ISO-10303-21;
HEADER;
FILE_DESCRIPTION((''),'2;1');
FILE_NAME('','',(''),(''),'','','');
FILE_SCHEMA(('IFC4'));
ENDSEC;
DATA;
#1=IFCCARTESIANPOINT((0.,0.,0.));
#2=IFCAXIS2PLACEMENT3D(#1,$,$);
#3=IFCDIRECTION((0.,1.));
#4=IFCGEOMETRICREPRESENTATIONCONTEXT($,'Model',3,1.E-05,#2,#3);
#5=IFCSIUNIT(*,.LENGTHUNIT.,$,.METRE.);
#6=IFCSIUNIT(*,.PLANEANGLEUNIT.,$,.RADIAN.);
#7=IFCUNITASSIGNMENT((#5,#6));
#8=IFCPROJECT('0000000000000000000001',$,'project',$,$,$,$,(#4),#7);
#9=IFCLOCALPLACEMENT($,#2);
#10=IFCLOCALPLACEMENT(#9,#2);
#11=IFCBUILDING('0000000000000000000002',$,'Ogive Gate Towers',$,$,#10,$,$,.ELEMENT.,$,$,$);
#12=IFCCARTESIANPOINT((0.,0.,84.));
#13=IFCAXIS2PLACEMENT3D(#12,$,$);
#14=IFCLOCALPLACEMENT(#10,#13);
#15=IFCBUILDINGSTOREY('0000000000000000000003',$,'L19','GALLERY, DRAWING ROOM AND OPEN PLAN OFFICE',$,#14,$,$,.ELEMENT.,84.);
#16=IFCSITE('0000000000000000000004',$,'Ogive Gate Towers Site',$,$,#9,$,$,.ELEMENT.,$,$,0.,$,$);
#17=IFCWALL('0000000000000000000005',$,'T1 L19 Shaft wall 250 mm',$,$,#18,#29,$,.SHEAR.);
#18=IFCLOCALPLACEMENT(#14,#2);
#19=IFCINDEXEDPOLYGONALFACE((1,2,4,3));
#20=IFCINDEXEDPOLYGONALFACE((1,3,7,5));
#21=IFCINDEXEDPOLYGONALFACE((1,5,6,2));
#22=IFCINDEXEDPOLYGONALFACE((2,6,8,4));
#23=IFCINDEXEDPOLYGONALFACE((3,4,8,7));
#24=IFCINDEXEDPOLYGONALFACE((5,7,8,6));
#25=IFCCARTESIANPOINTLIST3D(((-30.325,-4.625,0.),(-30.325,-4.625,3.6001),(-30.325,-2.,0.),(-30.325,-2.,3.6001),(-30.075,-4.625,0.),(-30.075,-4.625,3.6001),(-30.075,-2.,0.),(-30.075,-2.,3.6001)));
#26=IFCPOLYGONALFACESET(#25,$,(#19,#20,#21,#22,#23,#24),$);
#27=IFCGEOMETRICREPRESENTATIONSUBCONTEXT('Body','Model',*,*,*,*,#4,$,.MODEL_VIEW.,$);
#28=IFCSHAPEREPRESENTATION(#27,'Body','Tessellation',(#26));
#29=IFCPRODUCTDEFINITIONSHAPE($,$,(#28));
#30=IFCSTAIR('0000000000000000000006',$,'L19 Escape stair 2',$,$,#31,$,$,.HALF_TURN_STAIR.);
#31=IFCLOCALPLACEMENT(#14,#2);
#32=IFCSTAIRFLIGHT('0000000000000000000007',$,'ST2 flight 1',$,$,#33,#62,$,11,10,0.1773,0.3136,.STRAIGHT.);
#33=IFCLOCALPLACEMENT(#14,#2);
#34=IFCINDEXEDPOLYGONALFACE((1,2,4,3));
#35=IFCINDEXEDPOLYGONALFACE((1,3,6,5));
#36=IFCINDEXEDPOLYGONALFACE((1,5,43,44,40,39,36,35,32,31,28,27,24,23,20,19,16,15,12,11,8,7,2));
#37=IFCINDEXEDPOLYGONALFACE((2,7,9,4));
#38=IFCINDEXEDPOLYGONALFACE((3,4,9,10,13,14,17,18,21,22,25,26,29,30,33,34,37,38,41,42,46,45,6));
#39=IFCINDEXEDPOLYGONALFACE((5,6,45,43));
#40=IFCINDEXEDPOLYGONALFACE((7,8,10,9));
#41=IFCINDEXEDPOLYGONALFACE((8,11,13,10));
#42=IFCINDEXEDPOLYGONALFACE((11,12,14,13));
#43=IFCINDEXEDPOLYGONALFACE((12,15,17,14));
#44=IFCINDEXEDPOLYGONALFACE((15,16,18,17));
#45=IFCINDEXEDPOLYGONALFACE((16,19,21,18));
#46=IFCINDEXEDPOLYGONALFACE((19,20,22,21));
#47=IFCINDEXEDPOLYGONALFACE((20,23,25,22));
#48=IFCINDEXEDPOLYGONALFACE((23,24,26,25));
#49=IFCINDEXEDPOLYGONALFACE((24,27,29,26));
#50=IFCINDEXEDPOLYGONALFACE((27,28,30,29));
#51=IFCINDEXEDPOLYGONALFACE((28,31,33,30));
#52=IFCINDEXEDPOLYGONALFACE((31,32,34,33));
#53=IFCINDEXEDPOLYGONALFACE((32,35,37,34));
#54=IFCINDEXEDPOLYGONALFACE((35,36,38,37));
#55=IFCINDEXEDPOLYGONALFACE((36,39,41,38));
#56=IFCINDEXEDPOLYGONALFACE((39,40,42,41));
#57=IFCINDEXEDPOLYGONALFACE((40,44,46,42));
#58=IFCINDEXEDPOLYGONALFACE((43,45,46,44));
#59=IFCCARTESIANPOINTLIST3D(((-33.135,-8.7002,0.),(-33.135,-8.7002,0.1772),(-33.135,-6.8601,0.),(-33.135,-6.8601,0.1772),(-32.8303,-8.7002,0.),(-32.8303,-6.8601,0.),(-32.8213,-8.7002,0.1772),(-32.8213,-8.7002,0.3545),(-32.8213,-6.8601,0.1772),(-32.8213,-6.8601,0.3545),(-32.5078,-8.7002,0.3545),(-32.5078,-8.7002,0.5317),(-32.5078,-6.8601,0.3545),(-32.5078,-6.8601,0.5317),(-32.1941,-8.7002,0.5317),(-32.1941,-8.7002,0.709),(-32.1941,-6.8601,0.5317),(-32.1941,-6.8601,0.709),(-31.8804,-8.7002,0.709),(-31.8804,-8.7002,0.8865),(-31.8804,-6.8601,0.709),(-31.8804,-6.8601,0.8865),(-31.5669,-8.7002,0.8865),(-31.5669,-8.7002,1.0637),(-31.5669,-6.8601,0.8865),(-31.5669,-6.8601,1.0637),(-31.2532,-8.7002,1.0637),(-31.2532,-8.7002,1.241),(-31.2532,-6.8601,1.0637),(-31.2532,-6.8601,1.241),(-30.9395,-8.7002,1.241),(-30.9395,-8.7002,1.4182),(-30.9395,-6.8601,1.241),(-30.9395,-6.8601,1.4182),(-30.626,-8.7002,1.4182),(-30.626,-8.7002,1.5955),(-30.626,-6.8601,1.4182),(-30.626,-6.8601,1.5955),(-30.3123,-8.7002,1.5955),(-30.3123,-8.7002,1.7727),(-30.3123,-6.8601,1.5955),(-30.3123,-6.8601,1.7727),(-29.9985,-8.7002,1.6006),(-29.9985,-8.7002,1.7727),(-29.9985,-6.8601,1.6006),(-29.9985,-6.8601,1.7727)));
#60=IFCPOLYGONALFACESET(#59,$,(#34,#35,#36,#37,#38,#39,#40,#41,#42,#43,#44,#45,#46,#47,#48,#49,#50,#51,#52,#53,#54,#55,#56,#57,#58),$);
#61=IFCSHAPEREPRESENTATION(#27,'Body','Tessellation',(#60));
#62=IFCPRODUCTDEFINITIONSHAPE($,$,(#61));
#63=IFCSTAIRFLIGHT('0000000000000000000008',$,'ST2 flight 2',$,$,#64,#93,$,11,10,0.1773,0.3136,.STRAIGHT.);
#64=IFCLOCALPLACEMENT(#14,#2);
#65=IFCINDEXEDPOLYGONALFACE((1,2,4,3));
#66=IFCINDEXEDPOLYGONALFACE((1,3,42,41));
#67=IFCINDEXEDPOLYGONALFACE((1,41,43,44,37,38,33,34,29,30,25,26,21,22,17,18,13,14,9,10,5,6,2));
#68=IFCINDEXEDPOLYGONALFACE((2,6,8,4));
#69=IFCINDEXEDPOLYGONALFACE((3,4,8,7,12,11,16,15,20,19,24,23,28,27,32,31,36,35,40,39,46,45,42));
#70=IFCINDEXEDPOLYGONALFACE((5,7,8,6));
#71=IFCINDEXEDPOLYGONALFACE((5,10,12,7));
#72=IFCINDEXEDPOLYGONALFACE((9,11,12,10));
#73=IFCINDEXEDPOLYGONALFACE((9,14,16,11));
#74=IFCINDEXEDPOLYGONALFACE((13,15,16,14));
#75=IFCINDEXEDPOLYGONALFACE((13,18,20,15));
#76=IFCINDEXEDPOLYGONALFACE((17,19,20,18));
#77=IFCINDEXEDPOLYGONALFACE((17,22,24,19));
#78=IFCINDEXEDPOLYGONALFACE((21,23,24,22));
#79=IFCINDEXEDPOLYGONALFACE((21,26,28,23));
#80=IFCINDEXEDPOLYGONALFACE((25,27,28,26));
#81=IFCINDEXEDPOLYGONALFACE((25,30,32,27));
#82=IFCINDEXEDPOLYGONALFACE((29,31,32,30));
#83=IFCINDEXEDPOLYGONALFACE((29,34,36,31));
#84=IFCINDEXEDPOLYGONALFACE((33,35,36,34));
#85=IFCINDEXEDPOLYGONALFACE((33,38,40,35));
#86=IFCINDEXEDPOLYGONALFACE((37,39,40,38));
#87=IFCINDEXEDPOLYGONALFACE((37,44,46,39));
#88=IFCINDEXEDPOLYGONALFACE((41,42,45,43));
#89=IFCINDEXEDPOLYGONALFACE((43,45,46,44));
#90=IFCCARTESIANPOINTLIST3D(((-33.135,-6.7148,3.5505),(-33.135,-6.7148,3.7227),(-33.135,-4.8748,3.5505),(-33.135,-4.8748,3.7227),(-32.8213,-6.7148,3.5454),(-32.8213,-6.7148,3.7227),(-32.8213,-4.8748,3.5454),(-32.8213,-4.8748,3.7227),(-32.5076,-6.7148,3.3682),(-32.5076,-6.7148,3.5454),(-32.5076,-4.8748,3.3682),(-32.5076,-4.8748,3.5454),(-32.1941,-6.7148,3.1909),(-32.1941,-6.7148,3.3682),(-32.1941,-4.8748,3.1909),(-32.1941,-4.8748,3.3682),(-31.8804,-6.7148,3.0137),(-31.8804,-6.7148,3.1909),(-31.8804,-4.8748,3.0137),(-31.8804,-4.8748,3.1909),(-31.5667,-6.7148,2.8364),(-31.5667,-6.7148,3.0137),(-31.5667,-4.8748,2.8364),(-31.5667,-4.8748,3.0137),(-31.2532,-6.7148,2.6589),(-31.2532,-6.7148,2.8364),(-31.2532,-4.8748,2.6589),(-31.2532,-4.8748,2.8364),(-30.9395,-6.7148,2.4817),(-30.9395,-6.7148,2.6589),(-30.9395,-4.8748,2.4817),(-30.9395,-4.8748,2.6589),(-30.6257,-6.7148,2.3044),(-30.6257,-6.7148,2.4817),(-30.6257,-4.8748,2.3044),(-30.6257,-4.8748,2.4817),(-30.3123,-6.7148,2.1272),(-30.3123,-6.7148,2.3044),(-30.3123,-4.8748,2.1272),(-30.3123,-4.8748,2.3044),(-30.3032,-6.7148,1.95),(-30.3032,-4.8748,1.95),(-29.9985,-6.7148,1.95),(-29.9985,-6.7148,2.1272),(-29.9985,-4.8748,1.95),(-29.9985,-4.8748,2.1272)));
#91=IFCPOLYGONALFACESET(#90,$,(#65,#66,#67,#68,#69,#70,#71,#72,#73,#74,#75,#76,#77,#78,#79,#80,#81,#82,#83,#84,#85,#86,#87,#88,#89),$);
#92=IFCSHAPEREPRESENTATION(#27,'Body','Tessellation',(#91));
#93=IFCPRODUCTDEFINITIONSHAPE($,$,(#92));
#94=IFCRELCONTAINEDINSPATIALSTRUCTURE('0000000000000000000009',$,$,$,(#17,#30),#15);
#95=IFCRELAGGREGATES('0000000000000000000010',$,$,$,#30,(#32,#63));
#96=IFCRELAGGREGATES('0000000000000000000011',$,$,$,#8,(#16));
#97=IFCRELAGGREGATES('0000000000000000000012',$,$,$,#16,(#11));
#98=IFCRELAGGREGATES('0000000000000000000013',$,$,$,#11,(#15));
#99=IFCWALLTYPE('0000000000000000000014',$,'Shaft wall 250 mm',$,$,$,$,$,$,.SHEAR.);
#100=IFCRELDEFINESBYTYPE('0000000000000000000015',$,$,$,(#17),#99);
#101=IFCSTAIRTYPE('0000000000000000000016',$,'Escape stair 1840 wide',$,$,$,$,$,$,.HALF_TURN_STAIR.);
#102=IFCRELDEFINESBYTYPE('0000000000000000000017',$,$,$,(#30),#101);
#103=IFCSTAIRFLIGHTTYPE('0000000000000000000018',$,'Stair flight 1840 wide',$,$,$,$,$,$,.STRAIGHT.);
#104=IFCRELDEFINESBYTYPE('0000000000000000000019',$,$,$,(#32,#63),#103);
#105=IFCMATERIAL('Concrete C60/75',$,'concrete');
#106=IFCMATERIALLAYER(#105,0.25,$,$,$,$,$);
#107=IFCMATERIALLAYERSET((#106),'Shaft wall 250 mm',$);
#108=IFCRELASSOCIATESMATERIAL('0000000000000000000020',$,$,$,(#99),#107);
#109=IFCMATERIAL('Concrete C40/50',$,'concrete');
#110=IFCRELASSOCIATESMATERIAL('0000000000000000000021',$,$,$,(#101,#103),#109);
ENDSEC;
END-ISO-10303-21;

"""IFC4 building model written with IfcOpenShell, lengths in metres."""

from ifc_helpers import new_model, si_unit, direction, frame, frame_2d, origin, place, context, subcontext, project, spatial, polyline, rectangle, outline, extrude, material, layer, layer_set, type_object, element, aggregate, save


model = new_model("IFC4")

# Units and contexts
model_context = context("Model", 3, precision=1e-05, world=origin(), true_north=direction((0.0, 1.0)))
body_context = subcontext(model_context, "Body", "Model", "MODEL_VIEW")
ifc_project = project(units=[si_unit("LENGTHUNIT", "METRE"), si_unit("PLANEANGLEUNIT", "RADIAN")], contexts=[model_context])

# Site, building, storey
site_placement = place(None, origin())
site = spatial("IfcSite", under=ifc_project, at=site_placement, Name="Ogive Gate Towers Site", CompositionType="ELEMENT", RefElevation=0.0)
building_placement = place(site_placement, origin())
building = spatial("IfcBuilding", under=site, at=building_placement, Name="Ogive Gate Towers", CompositionType="ELEMENT")
storey_placement = place(building_placement, frame((0.0, 0.0, 84.0)))
storey = spatial("IfcBuildingStorey", under=building, at=storey_placement, Name="L19", Description="GALLERY, DRAWING ROOM AND OPEN PLAN OFFICE", CompositionType="ELEMENT", Elevation=84.0)

# Shared definitions
ifc_material_1 = material(Name="Concrete C60/75", Category="concrete")

# Shared definitions
ifc_layer_1 = layer(ifc_material_1, 0.25)
ifc_layer_set_1 = layer_set([ifc_layer_1], Name="Shaft wall 250 mm")
wall_type_1 = type_object("IfcWallType", Name="Shaft wall 250 mm", PredefinedType="SHEAR", material=ifc_layer_set_1)

# Wall
for number, where, z_axis, x_axis, name in (
    (1, (-30.2, -4.625, 0.0), (0.0, 0.0, 1.0), (0.0, 1.0, 0.0), "T1 L19 Shaft wall 250 mm"),
):
    element("IfcWall", number, at=place(storey_placement, frame(where, z_axis=z_axis, x_axis=x_axis)), inside=storey, type_object=wall_type_1, Name=name, PredefinedType="SHEAR", context=body_context, shape_type="SweptSolid", body=[
        extrude(rectangle(XDim=2.625, YDim=0.25, at=frame_2d((1.3125, 0.0))), origin(), (0.0, 0.0, 1.0), 3.6001),
    ])

# Stair, stair flights
ifc_material_2 = material(Name="Concrete C40/50", Category="concrete")
stair_type = type_object("IfcStairType", Name="Escape stair 1840 wide", PredefinedType="HALF_TURN_STAIR", material=ifc_material_2)
stair_placement = place(storey_placement, origin())
stair = element("IfcStair", 2, at=stair_placement, inside=storey, type_object=stair_type, Name="L19 Escape stair 2", PredefinedType="HALF_TURN_STAIR")
stair_flight_type = type_object("IfcStairFlightType", Name="Stair flight 1840 wide", PredefinedType="STRAIGHT", material=ifc_material_2)
stair_flight_1_placement = place(storey_placement, frame((-33.135, -7.78, 0.0), z_axis=(0.0, 0.0, 1.0), x_axis=(1.0, 0.0, 0.0)))
stair_flight_1 = element("IfcStairFlight", 3, at=stair_flight_1_placement, type_object=stair_flight_type, Name="ST2 flight 1", NumberOfRisers=11, NumberOfTreads=10, PredefinedType="STRAIGHT", RiserHeight=0.1773, TreadLength=0.3136, context=body_context, shape_type="SweptSolid", body=[
    extrude(outline(polyline([(0.0, 0.0), (0.0, 0.1772), (0.3137, 0.1772), (0.3137, 0.3545), (0.6272, 0.3545), (0.6272, 0.5317), (0.9409, 0.5317), (0.9409, 0.709), (1.2546, 0.709), (1.2546, 0.8865), (1.5681, 0.8865), (1.5681, 1.0637), (1.8818, 1.0637), (1.8818, 1.241), (2.1956, 1.241), (2.1956, 1.4182), (2.509, 1.4182), (2.509, 1.5955), (2.8228, 1.5955), (2.8228, 1.7727), (3.1365, 1.7727), (3.1365, 1.95), (3.1365, 1.6006), (0.3047, 0.0), (0.0, 0.0)])), frame((0.0, 0.9199, 0.0), z_axis=(0.0, -1.0, 0.0), x_axis=(1.0, 0.0, 0.0)), (0.0, 0.0, 1.0), 1.8401),
])
stair_flight_2_placement = place(storey_placement, frame((-29.9985, -5.7949, 1.95), z_axis=(0.0, 0.0, 1.0), x_axis=(-1.0, 0.0, 0.0)))
stair_flight_2 = element("IfcStairFlight", 4, at=stair_flight_2_placement, type_object=stair_flight_type, Name="ST2 flight 2", NumberOfRisers=11, NumberOfTreads=10, PredefinedType="STRAIGHT", RiserHeight=0.1773, TreadLength=0.3136, context=body_context, shape_type="SweptSolid", body=[
    extrude(outline(polyline([(0.0, 0.0), (0.0, 0.1772), (0.3137, 0.1772), (0.3137, 0.3545), (0.6272, 0.3545), (0.6272, 0.5317), (0.9409, 0.5317), (0.9409, 0.709), (1.2546, 0.709), (1.2546, 0.8865), (1.5681, 0.8865), (1.5681, 1.0637), (1.8818, 1.0637), (1.8818, 1.241), (2.1956, 1.241), (2.1956, 1.4182), (2.509, 1.4182), (2.509, 1.5955), (2.8228, 1.5955), (2.8228, 1.7727), (3.1365, 1.7727), (3.1365, 1.95), (3.1365, 1.6006), (0.3047, 0.0), (0.0, 0.0)])), frame((0.0, 0.9199, 0.0), z_axis=(0.0, -1.0, 0.0), x_axis=(1.0, 0.0, 0.0)), (0.0, 0.0, 1.0), 1.8401),
])
aggregate(stair, [stair_flight_1, stair_flight_2])

save(model, "model.ifc")
